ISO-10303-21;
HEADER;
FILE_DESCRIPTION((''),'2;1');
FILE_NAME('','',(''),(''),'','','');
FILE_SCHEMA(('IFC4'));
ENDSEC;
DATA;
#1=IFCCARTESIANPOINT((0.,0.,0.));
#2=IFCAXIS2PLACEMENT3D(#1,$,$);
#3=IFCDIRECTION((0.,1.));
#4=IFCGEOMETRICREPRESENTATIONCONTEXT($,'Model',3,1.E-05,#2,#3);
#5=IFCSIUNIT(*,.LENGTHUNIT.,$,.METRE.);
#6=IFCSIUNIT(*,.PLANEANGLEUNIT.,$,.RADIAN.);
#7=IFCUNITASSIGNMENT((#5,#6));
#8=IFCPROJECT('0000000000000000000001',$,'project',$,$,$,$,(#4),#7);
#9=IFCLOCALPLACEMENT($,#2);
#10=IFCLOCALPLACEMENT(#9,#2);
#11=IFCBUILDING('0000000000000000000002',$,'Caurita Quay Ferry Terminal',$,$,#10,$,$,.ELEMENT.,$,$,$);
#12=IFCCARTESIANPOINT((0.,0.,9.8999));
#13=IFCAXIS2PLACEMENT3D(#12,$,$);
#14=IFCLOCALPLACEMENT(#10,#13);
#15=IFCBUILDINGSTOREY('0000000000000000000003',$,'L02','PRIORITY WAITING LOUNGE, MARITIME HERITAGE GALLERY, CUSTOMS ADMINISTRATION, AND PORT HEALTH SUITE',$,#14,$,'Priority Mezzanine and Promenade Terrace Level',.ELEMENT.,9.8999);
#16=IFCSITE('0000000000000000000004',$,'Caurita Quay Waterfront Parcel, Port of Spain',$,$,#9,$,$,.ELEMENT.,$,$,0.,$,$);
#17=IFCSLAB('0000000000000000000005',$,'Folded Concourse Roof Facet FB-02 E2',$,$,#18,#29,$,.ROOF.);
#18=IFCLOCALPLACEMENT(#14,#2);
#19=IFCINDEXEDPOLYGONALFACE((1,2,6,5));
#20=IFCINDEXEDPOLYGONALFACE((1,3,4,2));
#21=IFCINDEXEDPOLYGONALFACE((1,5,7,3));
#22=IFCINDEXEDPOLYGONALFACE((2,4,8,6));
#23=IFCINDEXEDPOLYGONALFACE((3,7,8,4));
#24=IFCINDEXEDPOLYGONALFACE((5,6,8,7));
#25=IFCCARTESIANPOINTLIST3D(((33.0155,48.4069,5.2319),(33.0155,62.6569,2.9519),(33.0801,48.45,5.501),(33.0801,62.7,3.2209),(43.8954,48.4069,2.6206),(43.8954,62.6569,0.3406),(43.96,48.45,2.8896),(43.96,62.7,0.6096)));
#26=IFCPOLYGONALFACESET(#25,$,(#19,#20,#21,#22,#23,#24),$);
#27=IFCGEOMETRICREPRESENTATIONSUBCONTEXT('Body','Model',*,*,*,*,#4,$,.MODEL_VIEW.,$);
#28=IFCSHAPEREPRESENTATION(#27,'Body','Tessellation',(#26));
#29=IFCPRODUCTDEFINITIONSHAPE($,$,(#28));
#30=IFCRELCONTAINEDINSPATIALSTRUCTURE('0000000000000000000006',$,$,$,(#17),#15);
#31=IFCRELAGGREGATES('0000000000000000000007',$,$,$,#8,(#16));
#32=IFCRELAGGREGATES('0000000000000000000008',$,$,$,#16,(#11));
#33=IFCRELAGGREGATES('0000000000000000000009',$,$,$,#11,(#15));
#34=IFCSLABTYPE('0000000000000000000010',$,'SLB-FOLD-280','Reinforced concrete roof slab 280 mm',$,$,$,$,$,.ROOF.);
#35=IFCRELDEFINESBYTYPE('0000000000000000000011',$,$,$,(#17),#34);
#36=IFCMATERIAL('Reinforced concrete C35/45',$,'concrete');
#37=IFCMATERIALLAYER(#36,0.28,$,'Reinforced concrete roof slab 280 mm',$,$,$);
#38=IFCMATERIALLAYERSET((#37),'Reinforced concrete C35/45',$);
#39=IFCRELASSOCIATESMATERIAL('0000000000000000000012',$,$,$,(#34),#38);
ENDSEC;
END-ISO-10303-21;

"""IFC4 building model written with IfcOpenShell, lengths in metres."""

from ifc_helpers import new_model, si_unit, direction, frame, origin, place, context, subcontext, project, spatial, polyline, outline, extrude, material, layer, layer_set, type_object, element, save


model = new_model("IFC4")

# Units and contexts
model_context = context("Model", 3, precision=1e-05, world=origin(), true_north=direction((0.0, 1.0)))
body_context = subcontext(model_context, "Body", "Model", "MODEL_VIEW")
ifc_project = project(units=[si_unit("LENGTHUNIT", "METRE"), si_unit("PLANEANGLEUNIT", "RADIAN")], contexts=[model_context])

# Site, building, storey
site_placement = place(None, origin())
site = spatial("IfcSite", under=ifc_project, at=site_placement, Name="Caurita Quay Waterfront Parcel, Port of Spain", CompositionType="ELEMENT", RefElevation=0.0)
building_placement = place(site_placement, origin())
building = spatial("IfcBuilding", under=site, at=building_placement, Name="Caurita Quay Ferry Terminal", CompositionType="ELEMENT")
storey_placement = place(building_placement, frame((0.0, 0.0, 9.8999)))
storey = spatial("IfcBuildingStorey", under=building, at=storey_placement, Name="L02", Description="PRIORITY WAITING LOUNGE, MARITIME HERITAGE GALLERY, CUSTOMS ADMINISTRATION, AND PORT HEALTH SUITE", LongName="Priority Mezzanine and Promenade Terrace Level", CompositionType="ELEMENT", Elevation=9.8999)

# Slab
ifc_material_1 = material(Name="Reinforced concrete C35/45", Category="concrete")
ifc_layer_1 = layer(ifc_material_1, 0.28, Name="Reinforced concrete roof slab 280 mm")
ifc_layer_set_1 = layer_set([ifc_layer_1], Name="Reinforced concrete C35/45")
slab_type = type_object("IfcSlabType", Name="SLB-FOLD-280", Description="Reinforced concrete roof slab 280 mm", PredefinedType="ROOF", material=ifc_layer_set_1)
slab_placement = place(storey_placement, frame((33.0801, 48.45, 5.501), z_axis=(0.230612, 0.153734, 0.960825), x_axis=(0.972384, 0.0, -0.233386)))
element("IfcSlab", 1, at=slab_placement, inside=storey, type_object=slab_type, Name="Folded Concourse Roof Facet FB-02 E2", PredefinedType="ROOF", context=body_context, shape_type="SweptSolid", body=[
    extrude(outline(polyline([(0.0, 0.0), (11.1889, 0.0), (11.721, 14.4214), (0.5321, 14.4214), (0.0, 0.0)])), origin(), (0.0, 0.0, -1.0), 0.28),
])

save(model, "model.ifc")
